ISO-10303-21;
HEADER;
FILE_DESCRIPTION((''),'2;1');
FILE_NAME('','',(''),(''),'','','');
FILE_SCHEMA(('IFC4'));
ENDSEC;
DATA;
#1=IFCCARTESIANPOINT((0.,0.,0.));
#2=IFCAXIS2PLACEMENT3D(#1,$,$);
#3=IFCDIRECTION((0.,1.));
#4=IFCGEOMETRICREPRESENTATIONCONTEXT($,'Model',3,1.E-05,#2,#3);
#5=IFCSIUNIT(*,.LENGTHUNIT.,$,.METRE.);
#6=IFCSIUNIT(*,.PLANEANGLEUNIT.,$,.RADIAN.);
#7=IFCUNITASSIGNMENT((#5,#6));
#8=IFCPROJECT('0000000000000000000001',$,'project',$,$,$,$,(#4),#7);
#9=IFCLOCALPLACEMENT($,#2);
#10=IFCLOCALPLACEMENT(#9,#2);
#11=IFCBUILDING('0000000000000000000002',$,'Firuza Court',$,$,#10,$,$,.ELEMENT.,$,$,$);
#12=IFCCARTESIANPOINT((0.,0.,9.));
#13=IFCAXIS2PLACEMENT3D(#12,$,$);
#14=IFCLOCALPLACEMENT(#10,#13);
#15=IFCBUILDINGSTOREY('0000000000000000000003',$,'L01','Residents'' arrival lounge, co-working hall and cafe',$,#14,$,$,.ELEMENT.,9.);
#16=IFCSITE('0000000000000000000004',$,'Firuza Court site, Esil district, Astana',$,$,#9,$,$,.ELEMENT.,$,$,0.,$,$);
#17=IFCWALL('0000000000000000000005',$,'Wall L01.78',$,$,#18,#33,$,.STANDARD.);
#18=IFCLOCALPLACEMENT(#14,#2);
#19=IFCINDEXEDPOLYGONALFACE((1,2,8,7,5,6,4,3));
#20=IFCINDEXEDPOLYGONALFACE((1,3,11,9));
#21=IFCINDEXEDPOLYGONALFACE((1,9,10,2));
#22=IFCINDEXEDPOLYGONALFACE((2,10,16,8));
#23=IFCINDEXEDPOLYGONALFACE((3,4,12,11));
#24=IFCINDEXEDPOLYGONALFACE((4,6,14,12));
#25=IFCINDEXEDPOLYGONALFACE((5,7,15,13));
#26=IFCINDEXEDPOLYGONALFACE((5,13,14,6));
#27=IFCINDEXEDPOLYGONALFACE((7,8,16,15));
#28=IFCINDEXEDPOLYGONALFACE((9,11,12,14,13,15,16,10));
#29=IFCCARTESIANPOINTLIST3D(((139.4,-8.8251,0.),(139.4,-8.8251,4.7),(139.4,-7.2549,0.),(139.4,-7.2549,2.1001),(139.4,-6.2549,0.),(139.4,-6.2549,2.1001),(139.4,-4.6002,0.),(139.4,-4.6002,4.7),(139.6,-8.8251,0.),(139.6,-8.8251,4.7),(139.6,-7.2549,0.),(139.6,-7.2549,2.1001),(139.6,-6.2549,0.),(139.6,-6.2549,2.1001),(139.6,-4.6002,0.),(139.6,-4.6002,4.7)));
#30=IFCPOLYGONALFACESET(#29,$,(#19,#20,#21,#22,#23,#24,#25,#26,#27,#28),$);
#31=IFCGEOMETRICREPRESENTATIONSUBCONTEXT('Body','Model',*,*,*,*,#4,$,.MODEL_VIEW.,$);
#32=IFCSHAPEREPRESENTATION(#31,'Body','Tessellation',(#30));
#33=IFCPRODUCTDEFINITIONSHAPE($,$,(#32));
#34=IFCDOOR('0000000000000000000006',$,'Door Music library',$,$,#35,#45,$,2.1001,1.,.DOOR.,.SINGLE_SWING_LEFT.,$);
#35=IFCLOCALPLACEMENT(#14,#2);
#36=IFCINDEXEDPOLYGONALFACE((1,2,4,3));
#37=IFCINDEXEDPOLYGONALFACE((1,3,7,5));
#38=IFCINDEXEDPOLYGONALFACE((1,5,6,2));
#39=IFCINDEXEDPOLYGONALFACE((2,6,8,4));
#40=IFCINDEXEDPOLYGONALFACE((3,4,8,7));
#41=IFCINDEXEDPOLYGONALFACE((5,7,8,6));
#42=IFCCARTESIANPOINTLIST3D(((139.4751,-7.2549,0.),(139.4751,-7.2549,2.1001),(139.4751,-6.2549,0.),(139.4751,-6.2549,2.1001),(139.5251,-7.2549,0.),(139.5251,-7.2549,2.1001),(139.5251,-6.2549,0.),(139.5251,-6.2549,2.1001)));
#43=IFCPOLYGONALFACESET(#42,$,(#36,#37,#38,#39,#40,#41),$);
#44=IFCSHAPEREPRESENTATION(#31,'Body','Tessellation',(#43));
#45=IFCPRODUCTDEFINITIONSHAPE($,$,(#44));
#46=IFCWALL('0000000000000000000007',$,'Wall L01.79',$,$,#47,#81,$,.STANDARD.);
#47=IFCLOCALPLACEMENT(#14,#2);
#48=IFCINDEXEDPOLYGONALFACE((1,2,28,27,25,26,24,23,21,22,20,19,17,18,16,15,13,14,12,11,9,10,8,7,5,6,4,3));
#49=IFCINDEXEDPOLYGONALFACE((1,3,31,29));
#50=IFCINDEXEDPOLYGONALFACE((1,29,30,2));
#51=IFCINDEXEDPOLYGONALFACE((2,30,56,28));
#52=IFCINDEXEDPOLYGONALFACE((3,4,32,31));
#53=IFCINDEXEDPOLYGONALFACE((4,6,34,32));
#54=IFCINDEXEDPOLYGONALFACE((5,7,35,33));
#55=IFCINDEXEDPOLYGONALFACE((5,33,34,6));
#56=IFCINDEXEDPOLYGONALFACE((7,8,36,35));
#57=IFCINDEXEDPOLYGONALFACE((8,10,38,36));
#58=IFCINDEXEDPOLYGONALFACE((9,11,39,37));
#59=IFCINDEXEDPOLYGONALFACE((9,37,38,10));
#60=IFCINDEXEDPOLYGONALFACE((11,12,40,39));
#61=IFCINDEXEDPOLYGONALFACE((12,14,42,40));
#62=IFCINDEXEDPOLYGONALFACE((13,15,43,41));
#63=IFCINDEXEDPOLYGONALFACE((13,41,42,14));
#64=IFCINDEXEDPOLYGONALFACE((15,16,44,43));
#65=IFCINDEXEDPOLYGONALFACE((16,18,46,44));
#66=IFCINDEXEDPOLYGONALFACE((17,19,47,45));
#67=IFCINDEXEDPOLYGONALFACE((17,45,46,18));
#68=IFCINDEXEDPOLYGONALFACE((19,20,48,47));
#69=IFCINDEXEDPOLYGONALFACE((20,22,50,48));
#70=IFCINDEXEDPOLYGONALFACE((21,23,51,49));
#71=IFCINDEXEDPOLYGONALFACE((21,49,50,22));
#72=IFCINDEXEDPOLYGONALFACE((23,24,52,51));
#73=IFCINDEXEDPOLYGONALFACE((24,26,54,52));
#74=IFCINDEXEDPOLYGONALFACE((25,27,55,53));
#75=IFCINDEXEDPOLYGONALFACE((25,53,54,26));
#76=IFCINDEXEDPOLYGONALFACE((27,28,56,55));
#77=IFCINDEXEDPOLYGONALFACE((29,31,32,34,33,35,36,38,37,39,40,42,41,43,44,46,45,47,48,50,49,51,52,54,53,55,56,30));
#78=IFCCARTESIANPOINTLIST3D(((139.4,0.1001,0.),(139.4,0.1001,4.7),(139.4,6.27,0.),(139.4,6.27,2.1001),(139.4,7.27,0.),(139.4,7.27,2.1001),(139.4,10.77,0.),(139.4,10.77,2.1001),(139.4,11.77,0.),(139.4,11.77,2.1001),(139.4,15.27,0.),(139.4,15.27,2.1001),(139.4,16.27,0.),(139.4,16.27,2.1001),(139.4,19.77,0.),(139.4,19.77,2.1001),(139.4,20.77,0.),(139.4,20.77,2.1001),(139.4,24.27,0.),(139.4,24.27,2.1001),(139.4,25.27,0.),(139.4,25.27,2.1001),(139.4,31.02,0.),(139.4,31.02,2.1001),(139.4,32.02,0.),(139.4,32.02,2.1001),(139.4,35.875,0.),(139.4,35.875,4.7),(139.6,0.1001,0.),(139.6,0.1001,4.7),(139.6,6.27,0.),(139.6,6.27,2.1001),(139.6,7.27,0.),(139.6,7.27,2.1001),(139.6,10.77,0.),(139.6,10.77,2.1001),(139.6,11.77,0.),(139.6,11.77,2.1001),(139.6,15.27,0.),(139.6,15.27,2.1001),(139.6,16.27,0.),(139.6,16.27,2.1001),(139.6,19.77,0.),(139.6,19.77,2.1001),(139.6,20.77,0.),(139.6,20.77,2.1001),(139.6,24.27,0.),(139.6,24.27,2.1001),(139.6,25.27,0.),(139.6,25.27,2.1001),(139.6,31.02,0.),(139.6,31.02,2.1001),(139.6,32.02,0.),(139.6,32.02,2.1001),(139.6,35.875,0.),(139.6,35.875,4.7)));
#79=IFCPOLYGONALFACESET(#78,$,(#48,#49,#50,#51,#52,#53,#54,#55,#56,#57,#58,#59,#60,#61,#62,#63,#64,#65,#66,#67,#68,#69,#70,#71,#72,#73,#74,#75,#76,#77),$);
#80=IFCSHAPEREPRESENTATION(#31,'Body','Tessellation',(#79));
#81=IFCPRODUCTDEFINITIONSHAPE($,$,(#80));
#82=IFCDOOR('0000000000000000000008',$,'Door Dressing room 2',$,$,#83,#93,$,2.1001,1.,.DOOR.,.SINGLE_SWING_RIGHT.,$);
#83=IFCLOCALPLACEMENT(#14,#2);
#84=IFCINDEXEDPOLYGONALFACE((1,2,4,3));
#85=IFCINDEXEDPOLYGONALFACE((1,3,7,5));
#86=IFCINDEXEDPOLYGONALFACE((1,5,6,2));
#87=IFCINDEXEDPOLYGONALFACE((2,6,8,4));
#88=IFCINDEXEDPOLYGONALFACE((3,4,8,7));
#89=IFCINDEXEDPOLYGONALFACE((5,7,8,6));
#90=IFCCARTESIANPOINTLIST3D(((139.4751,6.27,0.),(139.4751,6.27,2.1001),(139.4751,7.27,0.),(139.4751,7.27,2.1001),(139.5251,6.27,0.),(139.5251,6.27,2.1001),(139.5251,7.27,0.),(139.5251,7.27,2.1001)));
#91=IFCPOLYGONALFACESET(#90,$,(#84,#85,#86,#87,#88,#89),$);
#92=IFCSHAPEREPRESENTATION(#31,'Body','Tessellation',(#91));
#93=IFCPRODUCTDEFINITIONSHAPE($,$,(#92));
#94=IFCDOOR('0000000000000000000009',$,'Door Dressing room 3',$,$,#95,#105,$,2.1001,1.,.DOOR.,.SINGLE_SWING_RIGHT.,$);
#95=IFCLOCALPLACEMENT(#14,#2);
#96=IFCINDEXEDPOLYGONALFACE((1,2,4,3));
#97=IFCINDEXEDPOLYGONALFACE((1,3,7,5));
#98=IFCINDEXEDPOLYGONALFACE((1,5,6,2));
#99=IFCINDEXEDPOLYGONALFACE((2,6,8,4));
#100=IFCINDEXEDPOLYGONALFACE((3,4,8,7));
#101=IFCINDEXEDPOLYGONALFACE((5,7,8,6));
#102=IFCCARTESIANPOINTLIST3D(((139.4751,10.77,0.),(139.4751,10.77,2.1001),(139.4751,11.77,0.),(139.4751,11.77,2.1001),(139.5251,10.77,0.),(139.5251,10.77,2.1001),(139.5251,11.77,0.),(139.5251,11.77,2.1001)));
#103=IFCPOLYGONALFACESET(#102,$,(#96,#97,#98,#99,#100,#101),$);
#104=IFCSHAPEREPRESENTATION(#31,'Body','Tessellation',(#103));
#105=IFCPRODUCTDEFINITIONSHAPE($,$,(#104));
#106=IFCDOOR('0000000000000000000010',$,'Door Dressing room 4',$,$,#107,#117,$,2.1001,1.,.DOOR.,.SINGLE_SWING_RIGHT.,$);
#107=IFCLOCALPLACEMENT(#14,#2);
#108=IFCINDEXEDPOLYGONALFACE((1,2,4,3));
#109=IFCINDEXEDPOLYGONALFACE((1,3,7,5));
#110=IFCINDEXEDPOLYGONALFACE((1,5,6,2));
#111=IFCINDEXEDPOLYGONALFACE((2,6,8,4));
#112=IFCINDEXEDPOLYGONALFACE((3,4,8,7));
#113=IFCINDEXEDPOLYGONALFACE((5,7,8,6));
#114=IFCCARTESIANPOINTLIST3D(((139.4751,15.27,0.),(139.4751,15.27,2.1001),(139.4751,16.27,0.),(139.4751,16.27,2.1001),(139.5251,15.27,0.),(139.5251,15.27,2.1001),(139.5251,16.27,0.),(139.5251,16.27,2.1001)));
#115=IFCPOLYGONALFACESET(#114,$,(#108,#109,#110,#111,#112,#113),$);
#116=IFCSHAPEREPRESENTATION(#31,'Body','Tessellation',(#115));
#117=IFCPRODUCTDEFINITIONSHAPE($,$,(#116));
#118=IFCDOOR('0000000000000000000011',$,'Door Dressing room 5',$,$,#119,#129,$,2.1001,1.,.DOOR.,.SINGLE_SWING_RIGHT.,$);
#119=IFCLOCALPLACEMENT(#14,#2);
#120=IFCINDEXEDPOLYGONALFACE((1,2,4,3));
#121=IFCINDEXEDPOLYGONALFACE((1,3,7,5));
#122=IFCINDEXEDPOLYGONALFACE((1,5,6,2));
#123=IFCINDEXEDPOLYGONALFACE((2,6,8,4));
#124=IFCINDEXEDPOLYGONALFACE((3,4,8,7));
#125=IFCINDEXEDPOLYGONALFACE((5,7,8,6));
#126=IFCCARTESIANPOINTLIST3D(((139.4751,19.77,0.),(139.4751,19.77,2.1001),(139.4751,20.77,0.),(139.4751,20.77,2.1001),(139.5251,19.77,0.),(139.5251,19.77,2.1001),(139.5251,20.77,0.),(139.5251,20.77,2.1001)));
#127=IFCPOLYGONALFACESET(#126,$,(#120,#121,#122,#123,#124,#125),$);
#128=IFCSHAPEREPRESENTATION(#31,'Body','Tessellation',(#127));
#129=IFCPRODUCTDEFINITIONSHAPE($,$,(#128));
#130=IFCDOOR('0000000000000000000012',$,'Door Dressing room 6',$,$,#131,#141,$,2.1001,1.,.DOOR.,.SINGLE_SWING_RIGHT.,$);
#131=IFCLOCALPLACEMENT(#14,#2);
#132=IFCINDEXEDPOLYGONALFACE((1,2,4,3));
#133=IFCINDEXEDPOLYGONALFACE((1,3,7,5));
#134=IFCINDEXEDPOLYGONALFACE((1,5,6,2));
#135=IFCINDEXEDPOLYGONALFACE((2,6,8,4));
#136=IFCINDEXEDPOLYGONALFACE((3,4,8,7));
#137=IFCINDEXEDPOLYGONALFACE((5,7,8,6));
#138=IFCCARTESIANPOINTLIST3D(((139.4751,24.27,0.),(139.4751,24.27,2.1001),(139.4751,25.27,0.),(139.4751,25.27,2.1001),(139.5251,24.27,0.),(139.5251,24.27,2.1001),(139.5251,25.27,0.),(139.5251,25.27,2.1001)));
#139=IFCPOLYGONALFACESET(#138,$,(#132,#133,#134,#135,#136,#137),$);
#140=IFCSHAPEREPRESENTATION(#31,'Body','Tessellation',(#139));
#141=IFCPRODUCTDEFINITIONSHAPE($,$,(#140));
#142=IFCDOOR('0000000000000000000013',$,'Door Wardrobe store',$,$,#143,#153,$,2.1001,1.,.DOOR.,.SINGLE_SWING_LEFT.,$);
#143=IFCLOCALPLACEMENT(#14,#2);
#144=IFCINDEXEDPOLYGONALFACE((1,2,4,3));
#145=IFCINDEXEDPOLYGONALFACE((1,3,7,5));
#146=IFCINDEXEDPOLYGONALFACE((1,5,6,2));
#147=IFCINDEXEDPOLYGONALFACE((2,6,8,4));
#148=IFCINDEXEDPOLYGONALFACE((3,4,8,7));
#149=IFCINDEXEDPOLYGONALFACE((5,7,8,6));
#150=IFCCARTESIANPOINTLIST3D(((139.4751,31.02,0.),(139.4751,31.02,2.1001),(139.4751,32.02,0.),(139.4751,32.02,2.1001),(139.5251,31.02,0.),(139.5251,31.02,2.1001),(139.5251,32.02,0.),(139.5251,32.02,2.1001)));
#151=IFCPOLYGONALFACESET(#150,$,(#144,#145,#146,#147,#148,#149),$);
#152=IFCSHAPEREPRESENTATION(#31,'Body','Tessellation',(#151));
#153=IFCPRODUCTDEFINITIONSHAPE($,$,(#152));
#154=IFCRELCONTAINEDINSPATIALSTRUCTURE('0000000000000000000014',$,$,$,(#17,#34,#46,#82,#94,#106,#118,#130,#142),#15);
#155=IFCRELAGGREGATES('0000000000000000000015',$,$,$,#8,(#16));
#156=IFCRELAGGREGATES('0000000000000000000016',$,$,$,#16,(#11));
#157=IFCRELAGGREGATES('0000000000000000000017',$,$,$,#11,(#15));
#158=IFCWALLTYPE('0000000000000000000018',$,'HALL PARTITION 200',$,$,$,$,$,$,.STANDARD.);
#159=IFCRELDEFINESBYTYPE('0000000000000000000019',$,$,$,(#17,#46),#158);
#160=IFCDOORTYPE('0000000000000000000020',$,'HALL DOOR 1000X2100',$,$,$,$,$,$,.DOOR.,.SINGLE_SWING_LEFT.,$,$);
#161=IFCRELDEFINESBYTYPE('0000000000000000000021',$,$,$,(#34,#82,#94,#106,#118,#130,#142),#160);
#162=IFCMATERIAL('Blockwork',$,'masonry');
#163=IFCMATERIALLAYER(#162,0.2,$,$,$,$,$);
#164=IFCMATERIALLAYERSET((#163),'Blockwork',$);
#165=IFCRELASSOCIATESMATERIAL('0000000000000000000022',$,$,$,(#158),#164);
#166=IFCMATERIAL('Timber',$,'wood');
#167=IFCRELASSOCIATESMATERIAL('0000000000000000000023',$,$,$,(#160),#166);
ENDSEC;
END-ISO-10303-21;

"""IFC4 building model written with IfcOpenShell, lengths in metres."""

from ifc_helpers import new_model, si_unit, direction, frame, frame_2d, origin, place, context, subcontext, project, spatial, rectangle, extrude, material, layer, layer_set, type_object, element, fill, save


model = new_model("IFC4")

# Units and contexts
model_context = context("Model", 3, precision=1e-05, world=origin(), true_north=direction((0.0, 1.0)))
body_context = subcontext(model_context, "Body", "Model", "MODEL_VIEW")
ifc_project = project(units=[si_unit("LENGTHUNIT", "METRE"), si_unit("PLANEANGLEUNIT", "RADIAN")], contexts=[model_context])

# Site, building, storey
site_placement = place(None, origin())
site = spatial("IfcSite", under=ifc_project, at=site_placement, Name="Firuza Court site, Esil district, Astana", CompositionType="ELEMENT", RefElevation=0.0)
building_placement = place(site_placement, origin())
building = spatial("IfcBuilding", under=site, at=building_placement, Name="Firuza Court", CompositionType="ELEMENT")
storey_placement = place(building_placement, frame((0.0, 0.0, 9.0)))
storey = spatial("IfcBuildingStorey", under=building, at=storey_placement, Name="L01", Description="Residents' arrival lounge, co-working hall and cafe", CompositionType="ELEMENT", Elevation=9.0)

# Shared definitions
ifc_material_1 = material(Name="Blockwork", Category="masonry")
ifc_layer_1 = layer(ifc_material_1, 0.2)
ifc_layer_set_1 = layer_set([ifc_layer_1], Name="Blockwork")
wall_type_1 = type_object("IfcWallType", Name="HALL PARTITION 200", PredefinedType="STANDARD", material=ifc_layer_set_1)
ifc_material_2 = material(Name="Timber", Category="wood")
door_type_1 = type_object("IfcDoorType", Name="HALL DOOR 1000X2100", OperationType="SINGLE_SWING_LEFT", PredefinedType="DOOR", material=ifc_material_2)

# Wall, opening, door
wall_1_placement = place(storey_placement, frame((139.5, -8.825, 0.0), z_axis=(0.0, 0.0, 1.0), x_axis=(0.0, 1.0, 0.0)))
wall_1 = element("IfcWall", 1, at=wall_1_placement, inside=storey, type_object=wall_type_1, Name="Wall L01.78", PredefinedType="STANDARD", context=body_context, shape_type="SweptSolid", body=[
    extrude(rectangle(XDim=4.2249, YDim=0.2, at=frame_2d((2.1123, 0.0))), origin(), (0.0, 0.0, 1.0), 4.7),
])
opening_1_placement = place(wall_1_placement, frame((1.5701, 0.0, 0.0)))
opening_1 = element("IfcOpeningElement", 2, at=opening_1_placement, cuts=wall_1, PredefinedType="OPENING", context=body_context, shape_type="SweptSolid", body=[
    extrude(rectangle(XDim=1.0, YDim=2.1001, at=frame_2d((0.5, 1.05))), frame((0.0, 0.1118, 0.0), z_axis=(0.0, -1.0, 0.0), x_axis=(1.0, 0.0, 0.0)), (0.0, 0.0, 1.0), 0.2239),
])
door_1_placement = place(opening_1_placement, origin())
door_1 = element("IfcDoor", 3, at=door_1_placement, inside=storey, type_object=door_type_1, Name="Door Music library", OperationType="SINGLE_SWING_LEFT", OverallHeight=2.1001, OverallWidth=1.0, PredefinedType="DOOR", context=body_context, shape_type="SweptSolid", body=[
    extrude(rectangle(XDim=1.0, YDim=2.1001, at=frame_2d((0.5, 1.05))), frame((0.0, 0.0249, 0.0), z_axis=(0.0, -1.0, 0.0), x_axis=(1.0, 0.0, 0.0)), (0.0, 0.0, 1.0), 0.05),
])
fill(opening_1, door_1)

# Wall, openings, doors
wall_2_placement = place(storey_placement, frame((139.5, 0.1001, 0.0), z_axis=(0.0, 0.0, 1.0), x_axis=(0.0, 1.0, 0.0)))
wall_2 = element("IfcWall", 4, at=wall_2_placement, inside=storey, type_object=wall_type_1, Name="Wall L01.79", PredefinedType="STANDARD", context=body_context, shape_type="SweptSolid", body=[
    extrude(rectangle(XDim=35.7749, YDim=0.2, at=frame_2d((17.8875, 0.0))), origin(), (0.0, 0.0, 1.0), 4.7),
])
opening_2_placement = place(wall_2_placement, frame((6.1699, 0.0, 0.0)))
opening_2 = element("IfcOpeningElement", 5, at=opening_2_placement, cuts=wall_2, PredefinedType="OPENING", context=body_context, shape_type="SweptSolid", body=[
    extrude(rectangle(XDim=1.0, YDim=2.1001, at=frame_2d((0.5, 1.05))), frame((0.0, 0.1118, 0.0), z_axis=(0.0, -1.0, 0.0), x_axis=(1.0, 0.0, 0.0)), (0.0, 0.0, 1.0), 0.2239),
])
opening_3_placement = place(wall_2_placement, frame((10.6699, 0.0, 0.0)))
opening_3 = element("IfcOpeningElement", 6, at=opening_3_placement, cuts=wall_2, PredefinedType="OPENING", context=body_context, shape_type="SweptSolid", body=[
    extrude(rectangle(XDim=1.0, YDim=2.1001, at=frame_2d((0.5, 1.05))), frame((0.0, 0.1118, 0.0), z_axis=(0.0, -1.0, 0.0), x_axis=(1.0, 0.0, 0.0)), (0.0, 0.0, 1.0), 0.2239),
])
opening_4_placement = place(wall_2_placement, frame((15.1699, 0.0, 0.0)))
opening_4 = element("IfcOpeningElement", 7, at=opening_4_placement, cuts=wall_2, PredefinedType="OPENING", context=body_context, shape_type="SweptSolid", body=[
    extrude(rectangle(XDim=1.0, YDim=2.1001, at=frame_2d((0.5, 1.05))), frame((0.0, 0.1118, 0.0), z_axis=(0.0, -1.0, 0.0), x_axis=(1.0, 0.0, 0.0)), (0.0, 0.0, 1.0), 0.2239),
])
opening_5_placement = place(wall_2_placement, frame((19.6699, 0.0, 0.0)))
opening_5 = element("IfcOpeningElement", 8, at=opening_5_placement, cuts=wall_2, PredefinedType="OPENING", context=body_context, shape_type="SweptSolid", body=[
    extrude(rectangle(XDim=1.0, YDim=2.1001, at=frame_2d((0.5, 1.05))), frame((0.0, 0.1118, 0.0), z_axis=(0.0, -1.0, 0.0), x_axis=(1.0, 0.0, 0.0)), (0.0, 0.0, 1.0), 0.2239),
])
opening_6_placement = place(wall_2_placement, frame((24.1699, 0.0, 0.0)))
opening_6 = element("IfcOpeningElement", 9, at=opening_6_placement, cuts=wall_2, PredefinedType="OPENING", context=body_context, shape_type="SweptSolid", body=[
    extrude(rectangle(XDim=1.0, YDim=2.1001, at=frame_2d((0.5, 1.05))), frame((0.0, 0.1118, 0.0), z_axis=(0.0, -1.0, 0.0), x_axis=(1.0, 0.0, 0.0)), (0.0, 0.0, 1.0), 0.2239),
])
opening_7_placement = place(wall_2_placement, frame((30.9199, 0.0, 0.0)))
opening_7 = element("IfcOpeningElement", 10, at=opening_7_placement, cuts=wall_2, PredefinedType="OPENING", context=body_context, shape_type="SweptSolid", body=[
    extrude(rectangle(XDim=1.0, YDim=2.1001, at=frame_2d((0.5, 1.05))), frame((0.0, 0.1118, 0.0), z_axis=(0.0, -1.0, 0.0), x_axis=(1.0, 0.0, 0.0)), (0.0, 0.0, 1.0), 0.2239),
])
door_2_placement = place(opening_2_placement, origin())
door_2 = element("IfcDoor", 11, at=door_2_placement, inside=storey, type_object=door_type_1, Name="Door Dressing room 2", OperationType="SINGLE_SWING_RIGHT", OverallHeight=2.1001, OverallWidth=1.0, PredefinedType="DOOR", context=body_context, shape_type="SweptSolid", body=[
    extrude(rectangle(XDim=1.0, YDim=2.1001, at=frame_2d((0.5, 1.05))), frame((0.0, 0.0249, 0.0), z_axis=(0.0, -1.0, 0.0), x_axis=(1.0, 0.0, 0.0)), (0.0, 0.0, 1.0), 0.05),
])
fill(opening_2, door_2)
door_3_placement = place(opening_3_placement, origin())
door_3 = element("IfcDoor", 12, at=door_3_placement, inside=storey, type_object=door_type_1, Name="Door Dressing room 3", OperationType="SINGLE_SWING_RIGHT", OverallHeight=2.1001, OverallWidth=1.0, PredefinedType="DOOR", context=body_context, shape_type="SweptSolid", body=[
    extrude(rectangle(XDim=1.0, YDim=2.1001, at=frame_2d((0.5, 1.05))), frame((0.0, 0.0249, 0.0), z_axis=(0.0, -1.0, 0.0), x_axis=(1.0, 0.0, 0.0)), (0.0, 0.0, 1.0), 0.05),
])
fill(opening_3, door_3)
door_4_placement = place(opening_4_placement, origin())
door_4 = element("IfcDoor", 13, at=door_4_placement, inside=storey, type_object=door_type_1, Name="Door Dressing room 4", OperationType="SINGLE_SWING_RIGHT", OverallHeight=2.1001, OverallWidth=1.0, PredefinedType="DOOR", context=body_context, shape_type="SweptSolid", body=[
    extrude(rectangle(XDim=1.0, YDim=2.1001, at=frame_2d((0.5, 1.05))), frame((0.0, 0.0249, 0.0), z_axis=(0.0, -1.0, 0.0), x_axis=(1.0, 0.0, 0.0)), (0.0, 0.0, 1.0), 0.05),
])
fill(opening_4, door_4)
door_5_placement = place(opening_5_placement, origin())
door_5 = element("IfcDoor", 14, at=door_5_placement, inside=storey, type_object=door_type_1, Name="Door Dressing room 5", OperationType="SINGLE_SWING_RIGHT", OverallHeight=2.1001, OverallWidth=1.0, PredefinedType="DOOR", context=body_context, shape_type="SweptSolid", body=[
    extrude(rectangle(XDim=1.0, YDim=2.1001, at=frame_2d((0.5, 1.05))), frame((0.0, 0.0249, 0.0), z_axis=(0.0, -1.0, 0.0), x_axis=(1.0, 0.0, 0.0)), (0.0, 0.0, 1.0), 0.05),
])
fill(opening_5, door_5)
door_6_placement = place(opening_6_placement, origin())
door_6 = element("IfcDoor", 15, at=door_6_placement, inside=storey, type_object=door_type_1, Name="Door Dressing room 6", OperationType="SINGLE_SWING_RIGHT", OverallHeight=2.1001, OverallWidth=1.0, PredefinedType="DOOR", context=body_context, shape_type="SweptSolid", body=[
    extrude(rectangle(XDim=1.0, YDim=2.1001, at=frame_2d((0.5, 1.05))), frame((0.0, 0.0249, 0.0), z_axis=(0.0, -1.0, 0.0), x_axis=(1.0, 0.0, 0.0)), (0.0, 0.0, 1.0), 0.05),
])
fill(opening_6, door_6)
door_7_placement = place(opening_7_placement, origin())
door_7 = element("IfcDoor", 16, at=door_7_placement, inside=storey, type_object=door_type_1, Name="Door Wardrobe store", OperationType="SINGLE_SWING_LEFT", OverallHeight=2.1001, OverallWidth=1.0, PredefinedType="DOOR", context=body_context, shape_type="SweptSolid", body=[
    extrude(rectangle(XDim=1.0, YDim=2.1001, at=frame_2d((0.5, 1.05))), frame((0.0, 0.0249, 0.0), z_axis=(0.0, -1.0, 0.0), x_axis=(1.0, 0.0, 0.0)), (0.0, 0.0, 1.0), 0.05),
])
fill(opening_7, door_7)

save(model, "model.ifc")
